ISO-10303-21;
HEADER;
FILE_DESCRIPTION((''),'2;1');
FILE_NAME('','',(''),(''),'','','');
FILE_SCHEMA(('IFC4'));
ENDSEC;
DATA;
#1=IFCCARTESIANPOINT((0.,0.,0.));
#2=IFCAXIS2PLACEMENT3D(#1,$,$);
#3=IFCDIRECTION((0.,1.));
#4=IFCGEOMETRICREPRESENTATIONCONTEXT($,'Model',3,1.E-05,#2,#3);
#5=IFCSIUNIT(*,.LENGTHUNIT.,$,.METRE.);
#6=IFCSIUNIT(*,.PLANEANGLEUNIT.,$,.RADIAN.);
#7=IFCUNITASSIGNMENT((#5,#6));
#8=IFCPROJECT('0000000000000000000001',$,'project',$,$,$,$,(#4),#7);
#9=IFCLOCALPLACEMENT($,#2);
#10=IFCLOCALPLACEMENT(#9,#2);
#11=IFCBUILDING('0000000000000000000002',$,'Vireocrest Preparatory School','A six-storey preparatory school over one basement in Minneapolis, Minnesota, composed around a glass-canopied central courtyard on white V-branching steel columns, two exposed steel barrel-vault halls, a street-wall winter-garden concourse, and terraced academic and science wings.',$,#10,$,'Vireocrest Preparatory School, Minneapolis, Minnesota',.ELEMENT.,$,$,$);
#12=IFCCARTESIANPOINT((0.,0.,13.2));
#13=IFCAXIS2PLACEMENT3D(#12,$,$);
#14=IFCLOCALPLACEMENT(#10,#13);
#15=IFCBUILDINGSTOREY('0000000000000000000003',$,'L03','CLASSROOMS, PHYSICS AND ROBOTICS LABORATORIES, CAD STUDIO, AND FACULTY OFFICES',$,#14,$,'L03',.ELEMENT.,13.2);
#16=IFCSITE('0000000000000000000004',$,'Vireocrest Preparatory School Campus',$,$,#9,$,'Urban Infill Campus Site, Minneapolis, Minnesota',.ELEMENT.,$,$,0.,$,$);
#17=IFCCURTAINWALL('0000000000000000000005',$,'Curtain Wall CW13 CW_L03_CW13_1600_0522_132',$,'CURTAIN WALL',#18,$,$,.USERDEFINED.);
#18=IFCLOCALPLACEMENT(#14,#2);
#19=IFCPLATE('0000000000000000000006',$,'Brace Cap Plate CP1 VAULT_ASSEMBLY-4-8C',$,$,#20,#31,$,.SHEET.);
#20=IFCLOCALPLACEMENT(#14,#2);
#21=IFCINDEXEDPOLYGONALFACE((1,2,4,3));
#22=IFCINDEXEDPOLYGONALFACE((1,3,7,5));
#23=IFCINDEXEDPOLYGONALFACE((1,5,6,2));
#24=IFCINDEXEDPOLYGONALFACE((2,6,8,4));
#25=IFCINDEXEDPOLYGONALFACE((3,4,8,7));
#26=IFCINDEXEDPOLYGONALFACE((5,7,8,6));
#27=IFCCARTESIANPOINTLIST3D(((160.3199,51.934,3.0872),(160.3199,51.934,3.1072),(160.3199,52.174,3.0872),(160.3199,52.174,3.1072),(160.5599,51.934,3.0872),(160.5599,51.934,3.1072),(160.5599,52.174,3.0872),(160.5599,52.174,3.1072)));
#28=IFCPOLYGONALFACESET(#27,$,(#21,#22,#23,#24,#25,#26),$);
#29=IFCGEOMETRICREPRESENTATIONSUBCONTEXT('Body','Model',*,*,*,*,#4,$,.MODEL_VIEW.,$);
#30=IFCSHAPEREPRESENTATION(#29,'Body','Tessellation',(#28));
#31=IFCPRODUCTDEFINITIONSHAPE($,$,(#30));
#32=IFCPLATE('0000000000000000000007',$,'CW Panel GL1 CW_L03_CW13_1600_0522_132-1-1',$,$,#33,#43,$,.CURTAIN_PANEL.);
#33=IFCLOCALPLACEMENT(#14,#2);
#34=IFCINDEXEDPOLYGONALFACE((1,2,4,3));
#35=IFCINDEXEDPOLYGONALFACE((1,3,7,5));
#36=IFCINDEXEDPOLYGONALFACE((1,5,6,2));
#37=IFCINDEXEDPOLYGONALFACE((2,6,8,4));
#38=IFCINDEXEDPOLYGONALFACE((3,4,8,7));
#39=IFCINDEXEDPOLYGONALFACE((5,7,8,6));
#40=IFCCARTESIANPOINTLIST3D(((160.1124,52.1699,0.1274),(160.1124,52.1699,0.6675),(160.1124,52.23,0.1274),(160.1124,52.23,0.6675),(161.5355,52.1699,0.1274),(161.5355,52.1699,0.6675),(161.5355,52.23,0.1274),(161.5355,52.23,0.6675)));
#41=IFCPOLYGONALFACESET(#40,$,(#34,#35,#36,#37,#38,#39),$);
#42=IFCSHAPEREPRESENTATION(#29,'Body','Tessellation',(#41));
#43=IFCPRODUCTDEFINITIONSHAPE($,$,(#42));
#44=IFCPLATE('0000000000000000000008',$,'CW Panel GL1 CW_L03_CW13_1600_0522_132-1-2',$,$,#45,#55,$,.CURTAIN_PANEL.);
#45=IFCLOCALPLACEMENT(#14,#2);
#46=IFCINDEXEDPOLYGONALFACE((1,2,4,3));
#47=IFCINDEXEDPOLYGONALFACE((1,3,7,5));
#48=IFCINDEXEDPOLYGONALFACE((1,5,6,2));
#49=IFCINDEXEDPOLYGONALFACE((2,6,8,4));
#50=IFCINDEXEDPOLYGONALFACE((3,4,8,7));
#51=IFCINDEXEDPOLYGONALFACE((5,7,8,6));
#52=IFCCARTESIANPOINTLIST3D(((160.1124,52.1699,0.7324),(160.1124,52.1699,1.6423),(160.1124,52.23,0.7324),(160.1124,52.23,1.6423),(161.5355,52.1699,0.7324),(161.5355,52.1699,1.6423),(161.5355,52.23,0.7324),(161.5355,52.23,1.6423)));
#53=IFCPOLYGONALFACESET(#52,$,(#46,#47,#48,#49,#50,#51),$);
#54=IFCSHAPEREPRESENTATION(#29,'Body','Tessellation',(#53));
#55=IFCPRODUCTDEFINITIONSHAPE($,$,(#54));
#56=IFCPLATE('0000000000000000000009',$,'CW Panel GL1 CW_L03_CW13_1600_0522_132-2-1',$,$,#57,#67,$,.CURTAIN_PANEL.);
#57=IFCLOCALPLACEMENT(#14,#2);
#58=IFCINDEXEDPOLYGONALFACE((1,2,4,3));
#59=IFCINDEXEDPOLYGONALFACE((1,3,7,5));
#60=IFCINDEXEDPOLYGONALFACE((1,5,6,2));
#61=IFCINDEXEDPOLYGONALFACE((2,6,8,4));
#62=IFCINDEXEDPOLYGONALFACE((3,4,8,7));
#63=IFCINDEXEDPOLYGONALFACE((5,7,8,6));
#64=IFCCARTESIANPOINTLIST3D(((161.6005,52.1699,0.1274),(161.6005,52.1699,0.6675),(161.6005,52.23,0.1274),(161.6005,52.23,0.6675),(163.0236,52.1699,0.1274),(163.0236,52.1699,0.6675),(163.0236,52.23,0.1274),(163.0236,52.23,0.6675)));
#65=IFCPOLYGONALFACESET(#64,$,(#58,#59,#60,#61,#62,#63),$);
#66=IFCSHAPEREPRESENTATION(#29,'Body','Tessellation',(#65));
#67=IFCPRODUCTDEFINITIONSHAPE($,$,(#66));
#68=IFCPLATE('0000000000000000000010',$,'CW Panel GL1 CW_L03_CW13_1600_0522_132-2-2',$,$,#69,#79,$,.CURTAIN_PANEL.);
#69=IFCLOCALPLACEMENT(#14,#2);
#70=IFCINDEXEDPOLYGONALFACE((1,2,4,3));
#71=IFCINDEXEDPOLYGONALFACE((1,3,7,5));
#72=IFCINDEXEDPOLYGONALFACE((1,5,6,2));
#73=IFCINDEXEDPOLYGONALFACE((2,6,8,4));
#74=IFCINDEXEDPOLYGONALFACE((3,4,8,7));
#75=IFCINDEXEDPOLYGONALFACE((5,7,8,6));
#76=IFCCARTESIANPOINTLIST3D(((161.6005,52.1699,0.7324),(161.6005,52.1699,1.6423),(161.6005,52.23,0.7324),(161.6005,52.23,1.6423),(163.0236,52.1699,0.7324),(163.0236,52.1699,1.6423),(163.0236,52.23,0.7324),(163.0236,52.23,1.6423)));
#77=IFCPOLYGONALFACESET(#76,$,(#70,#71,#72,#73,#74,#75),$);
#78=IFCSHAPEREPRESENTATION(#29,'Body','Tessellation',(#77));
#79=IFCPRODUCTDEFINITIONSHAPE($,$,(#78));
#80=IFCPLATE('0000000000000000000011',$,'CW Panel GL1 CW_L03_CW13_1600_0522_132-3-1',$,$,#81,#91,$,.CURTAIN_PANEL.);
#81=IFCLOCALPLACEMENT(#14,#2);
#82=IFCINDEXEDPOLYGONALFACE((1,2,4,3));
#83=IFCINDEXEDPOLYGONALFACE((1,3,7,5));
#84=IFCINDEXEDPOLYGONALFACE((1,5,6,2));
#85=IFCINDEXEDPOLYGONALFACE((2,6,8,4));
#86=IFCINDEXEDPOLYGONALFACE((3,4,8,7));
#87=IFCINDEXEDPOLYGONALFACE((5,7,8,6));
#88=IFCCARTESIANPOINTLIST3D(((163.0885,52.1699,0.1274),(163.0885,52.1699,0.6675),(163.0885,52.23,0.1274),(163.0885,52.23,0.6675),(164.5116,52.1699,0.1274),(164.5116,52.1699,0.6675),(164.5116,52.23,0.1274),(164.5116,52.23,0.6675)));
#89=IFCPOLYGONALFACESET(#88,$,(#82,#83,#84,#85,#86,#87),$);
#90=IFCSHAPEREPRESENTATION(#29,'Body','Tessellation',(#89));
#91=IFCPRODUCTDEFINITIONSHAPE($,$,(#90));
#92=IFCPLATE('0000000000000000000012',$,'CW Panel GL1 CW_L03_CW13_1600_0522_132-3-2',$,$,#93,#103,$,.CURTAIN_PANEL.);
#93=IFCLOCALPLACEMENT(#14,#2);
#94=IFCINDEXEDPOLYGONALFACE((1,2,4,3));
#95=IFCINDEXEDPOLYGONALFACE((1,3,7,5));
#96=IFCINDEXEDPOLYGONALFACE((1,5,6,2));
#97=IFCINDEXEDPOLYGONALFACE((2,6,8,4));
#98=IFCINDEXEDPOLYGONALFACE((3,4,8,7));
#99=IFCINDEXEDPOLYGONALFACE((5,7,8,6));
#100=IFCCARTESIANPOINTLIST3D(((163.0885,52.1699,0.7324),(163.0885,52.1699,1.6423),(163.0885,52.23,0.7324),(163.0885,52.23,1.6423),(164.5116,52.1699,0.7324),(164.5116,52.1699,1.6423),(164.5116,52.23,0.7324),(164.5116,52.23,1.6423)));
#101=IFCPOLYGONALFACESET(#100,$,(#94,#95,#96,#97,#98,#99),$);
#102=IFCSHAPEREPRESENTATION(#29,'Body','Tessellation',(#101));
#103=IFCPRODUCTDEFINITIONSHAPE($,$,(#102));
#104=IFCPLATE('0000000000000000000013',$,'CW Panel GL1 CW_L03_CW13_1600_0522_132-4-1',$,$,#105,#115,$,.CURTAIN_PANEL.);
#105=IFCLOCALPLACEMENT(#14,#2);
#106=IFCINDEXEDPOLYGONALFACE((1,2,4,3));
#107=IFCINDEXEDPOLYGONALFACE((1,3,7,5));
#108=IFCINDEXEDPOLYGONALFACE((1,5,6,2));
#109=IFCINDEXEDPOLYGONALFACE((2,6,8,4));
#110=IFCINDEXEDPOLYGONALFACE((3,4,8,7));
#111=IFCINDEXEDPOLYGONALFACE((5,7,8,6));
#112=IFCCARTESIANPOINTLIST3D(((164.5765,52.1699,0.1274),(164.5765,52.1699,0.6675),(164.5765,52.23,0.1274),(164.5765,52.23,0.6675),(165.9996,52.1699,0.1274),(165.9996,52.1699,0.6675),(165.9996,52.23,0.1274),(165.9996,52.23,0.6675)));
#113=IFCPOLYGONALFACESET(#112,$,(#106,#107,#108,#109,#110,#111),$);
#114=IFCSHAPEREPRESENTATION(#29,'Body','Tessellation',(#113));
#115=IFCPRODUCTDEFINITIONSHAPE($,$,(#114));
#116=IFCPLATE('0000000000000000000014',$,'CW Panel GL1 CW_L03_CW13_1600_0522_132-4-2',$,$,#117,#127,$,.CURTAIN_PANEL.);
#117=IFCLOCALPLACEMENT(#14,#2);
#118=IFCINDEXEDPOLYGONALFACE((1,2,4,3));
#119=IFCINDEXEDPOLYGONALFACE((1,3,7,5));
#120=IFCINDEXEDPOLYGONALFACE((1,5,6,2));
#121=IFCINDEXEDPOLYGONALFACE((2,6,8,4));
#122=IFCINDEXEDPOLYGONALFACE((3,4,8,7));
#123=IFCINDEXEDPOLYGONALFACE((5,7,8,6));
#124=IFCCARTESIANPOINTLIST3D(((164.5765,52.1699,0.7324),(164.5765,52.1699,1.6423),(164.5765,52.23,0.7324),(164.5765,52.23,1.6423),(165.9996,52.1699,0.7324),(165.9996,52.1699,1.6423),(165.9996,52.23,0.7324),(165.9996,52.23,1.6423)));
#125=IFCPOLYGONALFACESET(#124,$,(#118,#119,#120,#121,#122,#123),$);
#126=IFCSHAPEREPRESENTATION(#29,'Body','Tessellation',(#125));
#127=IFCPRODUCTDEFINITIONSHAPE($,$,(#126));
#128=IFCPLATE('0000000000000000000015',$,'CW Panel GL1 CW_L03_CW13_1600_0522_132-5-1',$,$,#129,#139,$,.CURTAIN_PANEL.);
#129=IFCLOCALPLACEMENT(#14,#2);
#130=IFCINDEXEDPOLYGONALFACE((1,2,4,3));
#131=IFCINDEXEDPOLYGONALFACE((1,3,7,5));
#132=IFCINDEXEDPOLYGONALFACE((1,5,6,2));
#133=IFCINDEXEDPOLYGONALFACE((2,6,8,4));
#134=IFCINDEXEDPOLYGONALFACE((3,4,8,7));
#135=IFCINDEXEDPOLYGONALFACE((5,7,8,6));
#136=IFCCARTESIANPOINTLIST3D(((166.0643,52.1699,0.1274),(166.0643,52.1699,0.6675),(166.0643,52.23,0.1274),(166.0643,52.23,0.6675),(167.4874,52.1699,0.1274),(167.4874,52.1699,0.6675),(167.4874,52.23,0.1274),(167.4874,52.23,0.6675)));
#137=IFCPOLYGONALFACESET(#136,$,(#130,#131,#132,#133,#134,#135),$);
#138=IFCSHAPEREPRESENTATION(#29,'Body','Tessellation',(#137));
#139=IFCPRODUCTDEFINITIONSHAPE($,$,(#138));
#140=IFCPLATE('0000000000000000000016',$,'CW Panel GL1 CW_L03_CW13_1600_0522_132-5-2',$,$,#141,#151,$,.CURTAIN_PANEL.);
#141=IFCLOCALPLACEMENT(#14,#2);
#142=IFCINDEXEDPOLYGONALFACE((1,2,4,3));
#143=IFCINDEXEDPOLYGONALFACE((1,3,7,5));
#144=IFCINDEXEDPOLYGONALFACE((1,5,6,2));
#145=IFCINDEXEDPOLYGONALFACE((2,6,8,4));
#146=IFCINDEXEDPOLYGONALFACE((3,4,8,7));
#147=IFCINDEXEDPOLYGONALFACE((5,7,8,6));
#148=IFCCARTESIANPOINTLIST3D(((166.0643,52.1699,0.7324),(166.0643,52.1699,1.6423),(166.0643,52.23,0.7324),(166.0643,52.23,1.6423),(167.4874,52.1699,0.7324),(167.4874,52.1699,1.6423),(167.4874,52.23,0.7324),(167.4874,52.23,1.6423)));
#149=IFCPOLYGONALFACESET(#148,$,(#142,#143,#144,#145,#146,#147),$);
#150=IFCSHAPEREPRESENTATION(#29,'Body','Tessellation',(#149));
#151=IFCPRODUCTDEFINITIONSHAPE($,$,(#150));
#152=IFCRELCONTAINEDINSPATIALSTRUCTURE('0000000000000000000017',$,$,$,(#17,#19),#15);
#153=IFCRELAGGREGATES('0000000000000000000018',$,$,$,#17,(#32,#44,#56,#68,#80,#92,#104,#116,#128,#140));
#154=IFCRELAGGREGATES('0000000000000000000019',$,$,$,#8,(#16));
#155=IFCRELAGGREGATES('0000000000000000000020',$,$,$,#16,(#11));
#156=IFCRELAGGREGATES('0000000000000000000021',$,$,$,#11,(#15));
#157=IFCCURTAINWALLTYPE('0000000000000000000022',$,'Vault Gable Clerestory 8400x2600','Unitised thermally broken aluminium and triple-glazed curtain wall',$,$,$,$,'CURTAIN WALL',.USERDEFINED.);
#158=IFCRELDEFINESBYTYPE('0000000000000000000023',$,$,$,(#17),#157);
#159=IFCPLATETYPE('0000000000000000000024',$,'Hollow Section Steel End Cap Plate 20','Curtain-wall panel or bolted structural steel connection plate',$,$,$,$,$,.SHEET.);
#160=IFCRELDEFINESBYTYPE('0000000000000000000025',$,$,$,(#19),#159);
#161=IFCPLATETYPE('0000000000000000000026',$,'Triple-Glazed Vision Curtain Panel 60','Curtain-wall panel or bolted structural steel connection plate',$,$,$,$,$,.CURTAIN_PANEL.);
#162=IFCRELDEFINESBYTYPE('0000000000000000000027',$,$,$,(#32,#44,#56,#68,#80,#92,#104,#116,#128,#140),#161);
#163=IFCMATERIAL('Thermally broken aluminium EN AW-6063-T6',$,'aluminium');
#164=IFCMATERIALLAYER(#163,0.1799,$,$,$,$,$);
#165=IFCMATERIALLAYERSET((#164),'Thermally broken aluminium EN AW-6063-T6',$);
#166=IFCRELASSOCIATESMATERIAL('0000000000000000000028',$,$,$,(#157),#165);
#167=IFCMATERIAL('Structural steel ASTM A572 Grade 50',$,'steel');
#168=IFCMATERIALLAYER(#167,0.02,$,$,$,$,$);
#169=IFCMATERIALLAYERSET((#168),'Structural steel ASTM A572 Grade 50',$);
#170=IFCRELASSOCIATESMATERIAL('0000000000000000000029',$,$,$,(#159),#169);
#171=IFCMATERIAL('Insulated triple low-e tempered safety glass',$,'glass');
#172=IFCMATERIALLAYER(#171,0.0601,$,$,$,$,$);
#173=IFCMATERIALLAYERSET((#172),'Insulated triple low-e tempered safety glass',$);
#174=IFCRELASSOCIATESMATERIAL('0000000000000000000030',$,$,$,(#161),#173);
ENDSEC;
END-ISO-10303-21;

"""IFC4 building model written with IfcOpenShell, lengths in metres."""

from ifc_helpers import new_model, si_unit, direction, frame, origin, origin_2d, place, context, subcontext, project, spatial, rectangle, extrude, material, layer, layer_set, type_object, element, aggregate, save


model = new_model("IFC4")

# Units and contexts
model_context = context("Model", 3, precision=1e-05, world=origin(), true_north=direction((0.0, 1.0)))
body_context = subcontext(model_context, "Body", "Model", "MODEL_VIEW")
ifc_project = project(units=[si_unit("LENGTHUNIT", "METRE"), si_unit("PLANEANGLEUNIT", "RADIAN")], contexts=[model_context])

# Site, building, storey
site_placement = place(None, origin())
site = spatial("IfcSite", under=ifc_project, at=site_placement, Name="Vireocrest Preparatory School Campus", LongName="Urban Infill Campus Site, Minneapolis, Minnesota", CompositionType="ELEMENT", RefElevation=0.0)
building_placement = place(site_placement, origin())
building = spatial("IfcBuilding", under=site, at=building_placement, Name="Vireocrest Preparatory School", Description="A six-storey preparatory school over one basement in Minneapolis, Minnesota, composed around a glass-canopied central courtyard on white V-branching steel columns, two exposed steel barrel-vault halls, a street-wall winter-garden concourse, and terraced academic and science wings.", LongName="Vireocrest Preparatory School, Minneapolis, Minnesota", CompositionType="ELEMENT")
storey_placement = place(building_placement, frame((0.0, 0.0, 13.2)))
storey = spatial("IfcBuildingStorey", under=building, at=storey_placement, Name="L03", Description="CLASSROOMS, PHYSICS AND ROBOTICS LABORATORIES, CAD STUDIO, AND FACULTY OFFICES", LongName="L03", CompositionType="ELEMENT", Elevation=13.2)

# Curtain wall
ifc_material_1 = material(Name="Thermally broken aluminium EN AW-6063-T6", Category="aluminium")
ifc_layer_1 = layer(ifc_material_1, 0.1799)
ifc_layer_set_1 = layer_set([ifc_layer_1], Name="Thermally broken aluminium EN AW-6063-T6")
curtain_wall_type = type_object("IfcCurtainWallType", Name="Vault Gable Clerestory 8400x2600", Description="Unitised thermally broken aluminium and triple-glazed curtain wall", ElementType="CURTAIN WALL", PredefinedType="USERDEFINED", material=ifc_layer_set_1)
curtain_wall_placement = place(storey_placement, origin())
curtain_wall = element("IfcCurtainWall", 1, at=curtain_wall_placement, inside=storey, type_object=curtain_wall_type, Name="Curtain Wall CW13 CW_L03_CW13_1600_0522_132", ObjectType="CURTAIN WALL", PredefinedType="USERDEFINED")

# Plate
ifc_material_2 = material(Name="Structural steel ASTM A572 Grade 50", Category="steel")
ifc_layer_2 = layer(ifc_material_2, 0.02)
ifc_layer_set_2 = layer_set([ifc_layer_2], Name="Structural steel ASTM A572 Grade 50")
plate_type_1 = type_object("IfcPlateType", Name="Hollow Section Steel End Cap Plate 20", Description="Curtain-wall panel or bolted structural steel connection plate", PredefinedType="SHEET", material=ifc_layer_set_2)
for number, where, z_axis, x_axis, name in (
    (2, (160.4399, 52.054, 3.0872), (0.0, 0.0, 1.0), (1.0, 0.0, 0.0), "Brace Cap Plate CP1 VAULT_ASSEMBLY-4-8C"),
):
    element("IfcPlate", number, at=place(storey_placement, frame(where, z_axis=z_axis, x_axis=x_axis)), inside=storey, type_object=plate_type_1, Name=name, PredefinedType="SHEET", context=body_context, shape_type="SweptSolid", body=[
        extrude(rectangle(XDim=0.24, YDim=0.24, at=origin_2d()), origin(), (0.0, 0.0, 1.0), 0.02),
    ])

# Plates
ifc_material_3 = material(Name="Insulated triple low-e tempered safety glass", Category="glass")
ifc_layer_3 = layer(ifc_material_3, 0.0601)
ifc_layer_set_3 = layer_set([ifc_layer_3], Name="Insulated triple low-e tempered safety glass")
plate_type_2 = type_object("IfcPlateType", Name="Triple-Glazed Vision Curtain Panel 60", Description="Curtain-wall panel or bolted structural steel connection plate", PredefinedType="CURTAIN_PANEL", material=ifc_layer_set_3)
plate_1_placement = place(storey_placement, frame((160.824, 52.2, 0.1274), z_axis=(0.0, 0.0, 1.0), x_axis=(1.0, 0.0, 0.0)))
plate_1 = element("IfcPlate", 3, at=plate_1_placement, type_object=plate_type_2, Name="CW Panel GL1 CW_L03_CW13_1600_0522_132-1-1", PredefinedType="CURTAIN_PANEL", context=body_context, shape_type="SweptSolid", body=[
    extrude(rectangle(XDim=1.4231, YDim=0.0601, at=origin_2d()), origin(), (0.0, 0.0, 1.0), 0.54),
])
plate_2_placement = place(storey_placement, frame((160.824, 52.2, 0.7324), z_axis=(0.0, 0.0, 1.0), x_axis=(1.0, 0.0, 0.0)))
plate_2 = element("IfcPlate", 4, at=plate_2_placement, type_object=plate_type_2, Name="CW Panel GL1 CW_L03_CW13_1600_0522_132-1-2", PredefinedType="CURTAIN_PANEL", context=body_context, shape_type="SweptSolid", body=[
    extrude(rectangle(XDim=1.4231, YDim=0.0601, at=origin_2d()), origin(), (0.0, 0.0, 1.0), 0.9099),
])
plate_3_placement = place(storey_placement, frame((162.312, 52.2, 0.1274), z_axis=(0.0, 0.0, 1.0), x_axis=(1.0, 0.0, 0.0)))
plate_3 = element("IfcPlate", 5, at=plate_3_placement, type_object=plate_type_2, Name="CW Panel GL1 CW_L03_CW13_1600_0522_132-2-1", PredefinedType="CURTAIN_PANEL", context=body_context, shape_type="SweptSolid", body=[
    extrude(rectangle(XDim=1.4231, YDim=0.0601, at=origin_2d()), origin(), (0.0, 0.0, 1.0), 0.54),
])
plate_4_placement = place(storey_placement, frame((162.312, 52.2, 0.7324), z_axis=(0.0, 0.0, 1.0), x_axis=(1.0, 0.0, 0.0)))
plate_4 = element("IfcPlate", 6, at=plate_4_placement, type_object=plate_type_2, Name="CW Panel GL1 CW_L03_CW13_1600_0522_132-2-2", PredefinedType="CURTAIN_PANEL", context=body_context, shape_type="SweptSolid", body=[
    extrude(rectangle(XDim=1.4231, YDim=0.0601, at=origin_2d()), origin(), (0.0, 0.0, 1.0), 0.9099),
])
plate_5_placement = place(storey_placement, frame((163.8, 52.2, 0.1274), z_axis=(0.0, 0.0, 1.0), x_axis=(1.0, 0.0, 0.0)))
plate_5 = element("IfcPlate", 7, at=plate_5_placement, type_object=plate_type_2, Name="CW Panel GL1 CW_L03_CW13_1600_0522_132-3-1", PredefinedType="CURTAIN_PANEL", context=body_context, shape_type="SweptSolid", body=[
    extrude(rectangle(XDim=1.4231, YDim=0.0601, at=origin_2d()), origin(), (0.0, 0.0, 1.0), 0.54),
])
plate_6_placement = place(storey_placement, frame((163.8, 52.2, 0.7324), z_axis=(0.0, 0.0, 1.0), x_axis=(1.0, 0.0, 0.0)))
plate_6 = element("IfcPlate", 8, at=plate_6_placement, type_object=plate_type_2, Name="CW Panel GL1 CW_L03_CW13_1600_0522_132-3-2", PredefinedType="CURTAIN_PANEL", context=body_context, shape_type="SweptSolid", body=[
    extrude(rectangle(XDim=1.4231, YDim=0.0601, at=origin_2d()), origin(), (0.0, 0.0, 1.0), 0.9099),
])
plate_7_placement = place(storey_placement, frame((165.2881, 52.2, 0.1274), z_axis=(0.0, 0.0, 1.0), x_axis=(1.0, 0.0, 0.0)))
plate_7 = element("IfcPlate", 9, at=plate_7_placement, type_object=plate_type_2, Name="CW Panel GL1 CW_L03_CW13_1600_0522_132-4-1", PredefinedType="CURTAIN_PANEL", context=body_context, shape_type="SweptSolid", body=[
    extrude(rectangle(XDim=1.4231, YDim=0.0601, at=origin_2d()), origin(), (0.0, 0.0, 1.0), 0.54),
])
plate_8_placement = place(storey_placement, frame((165.2881, 52.2, 0.7324), z_axis=(0.0, 0.0, 1.0), x_axis=(1.0, 0.0, 0.0)))
plate_8 = element("IfcPlate", 10, at=plate_8_placement, type_object=plate_type_2, Name="CW Panel GL1 CW_L03_CW13_1600_0522_132-4-2", PredefinedType="CURTAIN_PANEL", context=body_context, shape_type="SweptSolid", body=[
    extrude(rectangle(XDim=1.4231, YDim=0.0601, at=origin_2d()), origin(), (0.0, 0.0, 1.0), 0.9099),
])
plate_9_placement = place(storey_placement, frame((166.7759, 52.2, 0.1274), z_axis=(0.0, 0.0, 1.0), x_axis=(1.0, 0.0, 0.0)))
plate_9 = element("IfcPlate", 11, at=plate_9_placement, type_object=plate_type_2, Name="CW Panel GL1 CW_L03_CW13_1600_0522_132-5-1", PredefinedType="CURTAIN_PANEL", context=body_context, shape_type="SweptSolid", body=[
    extrude(rectangle(XDim=1.4231, YDim=0.0601, at=origin_2d()), origin(), (0.0, 0.0, 1.0), 0.54),
])
plate_10_placement = place(storey_placement, frame((166.7759, 52.2, 0.7324), z_axis=(0.0, 0.0, 1.0), x_axis=(1.0, 0.0, 0.0)))
plate_10 = element("IfcPlate", 12, at=plate_10_placement, type_object=plate_type_2, Name="CW Panel GL1 CW_L03_CW13_1600_0522_132-5-2", PredefinedType="CURTAIN_PANEL", context=body_context, shape_type="SweptSolid", body=[
    extrude(rectangle(XDim=1.4231, YDim=0.0601, at=origin_2d()), origin(), (0.0, 0.0, 1.0), 0.9099),
])
aggregate(curtain_wall, [plate_1, plate_2, plate_3, plate_4, plate_5, plate_6, plate_7, plate_8, plate_9, plate_10])

save(model, "model.ifc")
